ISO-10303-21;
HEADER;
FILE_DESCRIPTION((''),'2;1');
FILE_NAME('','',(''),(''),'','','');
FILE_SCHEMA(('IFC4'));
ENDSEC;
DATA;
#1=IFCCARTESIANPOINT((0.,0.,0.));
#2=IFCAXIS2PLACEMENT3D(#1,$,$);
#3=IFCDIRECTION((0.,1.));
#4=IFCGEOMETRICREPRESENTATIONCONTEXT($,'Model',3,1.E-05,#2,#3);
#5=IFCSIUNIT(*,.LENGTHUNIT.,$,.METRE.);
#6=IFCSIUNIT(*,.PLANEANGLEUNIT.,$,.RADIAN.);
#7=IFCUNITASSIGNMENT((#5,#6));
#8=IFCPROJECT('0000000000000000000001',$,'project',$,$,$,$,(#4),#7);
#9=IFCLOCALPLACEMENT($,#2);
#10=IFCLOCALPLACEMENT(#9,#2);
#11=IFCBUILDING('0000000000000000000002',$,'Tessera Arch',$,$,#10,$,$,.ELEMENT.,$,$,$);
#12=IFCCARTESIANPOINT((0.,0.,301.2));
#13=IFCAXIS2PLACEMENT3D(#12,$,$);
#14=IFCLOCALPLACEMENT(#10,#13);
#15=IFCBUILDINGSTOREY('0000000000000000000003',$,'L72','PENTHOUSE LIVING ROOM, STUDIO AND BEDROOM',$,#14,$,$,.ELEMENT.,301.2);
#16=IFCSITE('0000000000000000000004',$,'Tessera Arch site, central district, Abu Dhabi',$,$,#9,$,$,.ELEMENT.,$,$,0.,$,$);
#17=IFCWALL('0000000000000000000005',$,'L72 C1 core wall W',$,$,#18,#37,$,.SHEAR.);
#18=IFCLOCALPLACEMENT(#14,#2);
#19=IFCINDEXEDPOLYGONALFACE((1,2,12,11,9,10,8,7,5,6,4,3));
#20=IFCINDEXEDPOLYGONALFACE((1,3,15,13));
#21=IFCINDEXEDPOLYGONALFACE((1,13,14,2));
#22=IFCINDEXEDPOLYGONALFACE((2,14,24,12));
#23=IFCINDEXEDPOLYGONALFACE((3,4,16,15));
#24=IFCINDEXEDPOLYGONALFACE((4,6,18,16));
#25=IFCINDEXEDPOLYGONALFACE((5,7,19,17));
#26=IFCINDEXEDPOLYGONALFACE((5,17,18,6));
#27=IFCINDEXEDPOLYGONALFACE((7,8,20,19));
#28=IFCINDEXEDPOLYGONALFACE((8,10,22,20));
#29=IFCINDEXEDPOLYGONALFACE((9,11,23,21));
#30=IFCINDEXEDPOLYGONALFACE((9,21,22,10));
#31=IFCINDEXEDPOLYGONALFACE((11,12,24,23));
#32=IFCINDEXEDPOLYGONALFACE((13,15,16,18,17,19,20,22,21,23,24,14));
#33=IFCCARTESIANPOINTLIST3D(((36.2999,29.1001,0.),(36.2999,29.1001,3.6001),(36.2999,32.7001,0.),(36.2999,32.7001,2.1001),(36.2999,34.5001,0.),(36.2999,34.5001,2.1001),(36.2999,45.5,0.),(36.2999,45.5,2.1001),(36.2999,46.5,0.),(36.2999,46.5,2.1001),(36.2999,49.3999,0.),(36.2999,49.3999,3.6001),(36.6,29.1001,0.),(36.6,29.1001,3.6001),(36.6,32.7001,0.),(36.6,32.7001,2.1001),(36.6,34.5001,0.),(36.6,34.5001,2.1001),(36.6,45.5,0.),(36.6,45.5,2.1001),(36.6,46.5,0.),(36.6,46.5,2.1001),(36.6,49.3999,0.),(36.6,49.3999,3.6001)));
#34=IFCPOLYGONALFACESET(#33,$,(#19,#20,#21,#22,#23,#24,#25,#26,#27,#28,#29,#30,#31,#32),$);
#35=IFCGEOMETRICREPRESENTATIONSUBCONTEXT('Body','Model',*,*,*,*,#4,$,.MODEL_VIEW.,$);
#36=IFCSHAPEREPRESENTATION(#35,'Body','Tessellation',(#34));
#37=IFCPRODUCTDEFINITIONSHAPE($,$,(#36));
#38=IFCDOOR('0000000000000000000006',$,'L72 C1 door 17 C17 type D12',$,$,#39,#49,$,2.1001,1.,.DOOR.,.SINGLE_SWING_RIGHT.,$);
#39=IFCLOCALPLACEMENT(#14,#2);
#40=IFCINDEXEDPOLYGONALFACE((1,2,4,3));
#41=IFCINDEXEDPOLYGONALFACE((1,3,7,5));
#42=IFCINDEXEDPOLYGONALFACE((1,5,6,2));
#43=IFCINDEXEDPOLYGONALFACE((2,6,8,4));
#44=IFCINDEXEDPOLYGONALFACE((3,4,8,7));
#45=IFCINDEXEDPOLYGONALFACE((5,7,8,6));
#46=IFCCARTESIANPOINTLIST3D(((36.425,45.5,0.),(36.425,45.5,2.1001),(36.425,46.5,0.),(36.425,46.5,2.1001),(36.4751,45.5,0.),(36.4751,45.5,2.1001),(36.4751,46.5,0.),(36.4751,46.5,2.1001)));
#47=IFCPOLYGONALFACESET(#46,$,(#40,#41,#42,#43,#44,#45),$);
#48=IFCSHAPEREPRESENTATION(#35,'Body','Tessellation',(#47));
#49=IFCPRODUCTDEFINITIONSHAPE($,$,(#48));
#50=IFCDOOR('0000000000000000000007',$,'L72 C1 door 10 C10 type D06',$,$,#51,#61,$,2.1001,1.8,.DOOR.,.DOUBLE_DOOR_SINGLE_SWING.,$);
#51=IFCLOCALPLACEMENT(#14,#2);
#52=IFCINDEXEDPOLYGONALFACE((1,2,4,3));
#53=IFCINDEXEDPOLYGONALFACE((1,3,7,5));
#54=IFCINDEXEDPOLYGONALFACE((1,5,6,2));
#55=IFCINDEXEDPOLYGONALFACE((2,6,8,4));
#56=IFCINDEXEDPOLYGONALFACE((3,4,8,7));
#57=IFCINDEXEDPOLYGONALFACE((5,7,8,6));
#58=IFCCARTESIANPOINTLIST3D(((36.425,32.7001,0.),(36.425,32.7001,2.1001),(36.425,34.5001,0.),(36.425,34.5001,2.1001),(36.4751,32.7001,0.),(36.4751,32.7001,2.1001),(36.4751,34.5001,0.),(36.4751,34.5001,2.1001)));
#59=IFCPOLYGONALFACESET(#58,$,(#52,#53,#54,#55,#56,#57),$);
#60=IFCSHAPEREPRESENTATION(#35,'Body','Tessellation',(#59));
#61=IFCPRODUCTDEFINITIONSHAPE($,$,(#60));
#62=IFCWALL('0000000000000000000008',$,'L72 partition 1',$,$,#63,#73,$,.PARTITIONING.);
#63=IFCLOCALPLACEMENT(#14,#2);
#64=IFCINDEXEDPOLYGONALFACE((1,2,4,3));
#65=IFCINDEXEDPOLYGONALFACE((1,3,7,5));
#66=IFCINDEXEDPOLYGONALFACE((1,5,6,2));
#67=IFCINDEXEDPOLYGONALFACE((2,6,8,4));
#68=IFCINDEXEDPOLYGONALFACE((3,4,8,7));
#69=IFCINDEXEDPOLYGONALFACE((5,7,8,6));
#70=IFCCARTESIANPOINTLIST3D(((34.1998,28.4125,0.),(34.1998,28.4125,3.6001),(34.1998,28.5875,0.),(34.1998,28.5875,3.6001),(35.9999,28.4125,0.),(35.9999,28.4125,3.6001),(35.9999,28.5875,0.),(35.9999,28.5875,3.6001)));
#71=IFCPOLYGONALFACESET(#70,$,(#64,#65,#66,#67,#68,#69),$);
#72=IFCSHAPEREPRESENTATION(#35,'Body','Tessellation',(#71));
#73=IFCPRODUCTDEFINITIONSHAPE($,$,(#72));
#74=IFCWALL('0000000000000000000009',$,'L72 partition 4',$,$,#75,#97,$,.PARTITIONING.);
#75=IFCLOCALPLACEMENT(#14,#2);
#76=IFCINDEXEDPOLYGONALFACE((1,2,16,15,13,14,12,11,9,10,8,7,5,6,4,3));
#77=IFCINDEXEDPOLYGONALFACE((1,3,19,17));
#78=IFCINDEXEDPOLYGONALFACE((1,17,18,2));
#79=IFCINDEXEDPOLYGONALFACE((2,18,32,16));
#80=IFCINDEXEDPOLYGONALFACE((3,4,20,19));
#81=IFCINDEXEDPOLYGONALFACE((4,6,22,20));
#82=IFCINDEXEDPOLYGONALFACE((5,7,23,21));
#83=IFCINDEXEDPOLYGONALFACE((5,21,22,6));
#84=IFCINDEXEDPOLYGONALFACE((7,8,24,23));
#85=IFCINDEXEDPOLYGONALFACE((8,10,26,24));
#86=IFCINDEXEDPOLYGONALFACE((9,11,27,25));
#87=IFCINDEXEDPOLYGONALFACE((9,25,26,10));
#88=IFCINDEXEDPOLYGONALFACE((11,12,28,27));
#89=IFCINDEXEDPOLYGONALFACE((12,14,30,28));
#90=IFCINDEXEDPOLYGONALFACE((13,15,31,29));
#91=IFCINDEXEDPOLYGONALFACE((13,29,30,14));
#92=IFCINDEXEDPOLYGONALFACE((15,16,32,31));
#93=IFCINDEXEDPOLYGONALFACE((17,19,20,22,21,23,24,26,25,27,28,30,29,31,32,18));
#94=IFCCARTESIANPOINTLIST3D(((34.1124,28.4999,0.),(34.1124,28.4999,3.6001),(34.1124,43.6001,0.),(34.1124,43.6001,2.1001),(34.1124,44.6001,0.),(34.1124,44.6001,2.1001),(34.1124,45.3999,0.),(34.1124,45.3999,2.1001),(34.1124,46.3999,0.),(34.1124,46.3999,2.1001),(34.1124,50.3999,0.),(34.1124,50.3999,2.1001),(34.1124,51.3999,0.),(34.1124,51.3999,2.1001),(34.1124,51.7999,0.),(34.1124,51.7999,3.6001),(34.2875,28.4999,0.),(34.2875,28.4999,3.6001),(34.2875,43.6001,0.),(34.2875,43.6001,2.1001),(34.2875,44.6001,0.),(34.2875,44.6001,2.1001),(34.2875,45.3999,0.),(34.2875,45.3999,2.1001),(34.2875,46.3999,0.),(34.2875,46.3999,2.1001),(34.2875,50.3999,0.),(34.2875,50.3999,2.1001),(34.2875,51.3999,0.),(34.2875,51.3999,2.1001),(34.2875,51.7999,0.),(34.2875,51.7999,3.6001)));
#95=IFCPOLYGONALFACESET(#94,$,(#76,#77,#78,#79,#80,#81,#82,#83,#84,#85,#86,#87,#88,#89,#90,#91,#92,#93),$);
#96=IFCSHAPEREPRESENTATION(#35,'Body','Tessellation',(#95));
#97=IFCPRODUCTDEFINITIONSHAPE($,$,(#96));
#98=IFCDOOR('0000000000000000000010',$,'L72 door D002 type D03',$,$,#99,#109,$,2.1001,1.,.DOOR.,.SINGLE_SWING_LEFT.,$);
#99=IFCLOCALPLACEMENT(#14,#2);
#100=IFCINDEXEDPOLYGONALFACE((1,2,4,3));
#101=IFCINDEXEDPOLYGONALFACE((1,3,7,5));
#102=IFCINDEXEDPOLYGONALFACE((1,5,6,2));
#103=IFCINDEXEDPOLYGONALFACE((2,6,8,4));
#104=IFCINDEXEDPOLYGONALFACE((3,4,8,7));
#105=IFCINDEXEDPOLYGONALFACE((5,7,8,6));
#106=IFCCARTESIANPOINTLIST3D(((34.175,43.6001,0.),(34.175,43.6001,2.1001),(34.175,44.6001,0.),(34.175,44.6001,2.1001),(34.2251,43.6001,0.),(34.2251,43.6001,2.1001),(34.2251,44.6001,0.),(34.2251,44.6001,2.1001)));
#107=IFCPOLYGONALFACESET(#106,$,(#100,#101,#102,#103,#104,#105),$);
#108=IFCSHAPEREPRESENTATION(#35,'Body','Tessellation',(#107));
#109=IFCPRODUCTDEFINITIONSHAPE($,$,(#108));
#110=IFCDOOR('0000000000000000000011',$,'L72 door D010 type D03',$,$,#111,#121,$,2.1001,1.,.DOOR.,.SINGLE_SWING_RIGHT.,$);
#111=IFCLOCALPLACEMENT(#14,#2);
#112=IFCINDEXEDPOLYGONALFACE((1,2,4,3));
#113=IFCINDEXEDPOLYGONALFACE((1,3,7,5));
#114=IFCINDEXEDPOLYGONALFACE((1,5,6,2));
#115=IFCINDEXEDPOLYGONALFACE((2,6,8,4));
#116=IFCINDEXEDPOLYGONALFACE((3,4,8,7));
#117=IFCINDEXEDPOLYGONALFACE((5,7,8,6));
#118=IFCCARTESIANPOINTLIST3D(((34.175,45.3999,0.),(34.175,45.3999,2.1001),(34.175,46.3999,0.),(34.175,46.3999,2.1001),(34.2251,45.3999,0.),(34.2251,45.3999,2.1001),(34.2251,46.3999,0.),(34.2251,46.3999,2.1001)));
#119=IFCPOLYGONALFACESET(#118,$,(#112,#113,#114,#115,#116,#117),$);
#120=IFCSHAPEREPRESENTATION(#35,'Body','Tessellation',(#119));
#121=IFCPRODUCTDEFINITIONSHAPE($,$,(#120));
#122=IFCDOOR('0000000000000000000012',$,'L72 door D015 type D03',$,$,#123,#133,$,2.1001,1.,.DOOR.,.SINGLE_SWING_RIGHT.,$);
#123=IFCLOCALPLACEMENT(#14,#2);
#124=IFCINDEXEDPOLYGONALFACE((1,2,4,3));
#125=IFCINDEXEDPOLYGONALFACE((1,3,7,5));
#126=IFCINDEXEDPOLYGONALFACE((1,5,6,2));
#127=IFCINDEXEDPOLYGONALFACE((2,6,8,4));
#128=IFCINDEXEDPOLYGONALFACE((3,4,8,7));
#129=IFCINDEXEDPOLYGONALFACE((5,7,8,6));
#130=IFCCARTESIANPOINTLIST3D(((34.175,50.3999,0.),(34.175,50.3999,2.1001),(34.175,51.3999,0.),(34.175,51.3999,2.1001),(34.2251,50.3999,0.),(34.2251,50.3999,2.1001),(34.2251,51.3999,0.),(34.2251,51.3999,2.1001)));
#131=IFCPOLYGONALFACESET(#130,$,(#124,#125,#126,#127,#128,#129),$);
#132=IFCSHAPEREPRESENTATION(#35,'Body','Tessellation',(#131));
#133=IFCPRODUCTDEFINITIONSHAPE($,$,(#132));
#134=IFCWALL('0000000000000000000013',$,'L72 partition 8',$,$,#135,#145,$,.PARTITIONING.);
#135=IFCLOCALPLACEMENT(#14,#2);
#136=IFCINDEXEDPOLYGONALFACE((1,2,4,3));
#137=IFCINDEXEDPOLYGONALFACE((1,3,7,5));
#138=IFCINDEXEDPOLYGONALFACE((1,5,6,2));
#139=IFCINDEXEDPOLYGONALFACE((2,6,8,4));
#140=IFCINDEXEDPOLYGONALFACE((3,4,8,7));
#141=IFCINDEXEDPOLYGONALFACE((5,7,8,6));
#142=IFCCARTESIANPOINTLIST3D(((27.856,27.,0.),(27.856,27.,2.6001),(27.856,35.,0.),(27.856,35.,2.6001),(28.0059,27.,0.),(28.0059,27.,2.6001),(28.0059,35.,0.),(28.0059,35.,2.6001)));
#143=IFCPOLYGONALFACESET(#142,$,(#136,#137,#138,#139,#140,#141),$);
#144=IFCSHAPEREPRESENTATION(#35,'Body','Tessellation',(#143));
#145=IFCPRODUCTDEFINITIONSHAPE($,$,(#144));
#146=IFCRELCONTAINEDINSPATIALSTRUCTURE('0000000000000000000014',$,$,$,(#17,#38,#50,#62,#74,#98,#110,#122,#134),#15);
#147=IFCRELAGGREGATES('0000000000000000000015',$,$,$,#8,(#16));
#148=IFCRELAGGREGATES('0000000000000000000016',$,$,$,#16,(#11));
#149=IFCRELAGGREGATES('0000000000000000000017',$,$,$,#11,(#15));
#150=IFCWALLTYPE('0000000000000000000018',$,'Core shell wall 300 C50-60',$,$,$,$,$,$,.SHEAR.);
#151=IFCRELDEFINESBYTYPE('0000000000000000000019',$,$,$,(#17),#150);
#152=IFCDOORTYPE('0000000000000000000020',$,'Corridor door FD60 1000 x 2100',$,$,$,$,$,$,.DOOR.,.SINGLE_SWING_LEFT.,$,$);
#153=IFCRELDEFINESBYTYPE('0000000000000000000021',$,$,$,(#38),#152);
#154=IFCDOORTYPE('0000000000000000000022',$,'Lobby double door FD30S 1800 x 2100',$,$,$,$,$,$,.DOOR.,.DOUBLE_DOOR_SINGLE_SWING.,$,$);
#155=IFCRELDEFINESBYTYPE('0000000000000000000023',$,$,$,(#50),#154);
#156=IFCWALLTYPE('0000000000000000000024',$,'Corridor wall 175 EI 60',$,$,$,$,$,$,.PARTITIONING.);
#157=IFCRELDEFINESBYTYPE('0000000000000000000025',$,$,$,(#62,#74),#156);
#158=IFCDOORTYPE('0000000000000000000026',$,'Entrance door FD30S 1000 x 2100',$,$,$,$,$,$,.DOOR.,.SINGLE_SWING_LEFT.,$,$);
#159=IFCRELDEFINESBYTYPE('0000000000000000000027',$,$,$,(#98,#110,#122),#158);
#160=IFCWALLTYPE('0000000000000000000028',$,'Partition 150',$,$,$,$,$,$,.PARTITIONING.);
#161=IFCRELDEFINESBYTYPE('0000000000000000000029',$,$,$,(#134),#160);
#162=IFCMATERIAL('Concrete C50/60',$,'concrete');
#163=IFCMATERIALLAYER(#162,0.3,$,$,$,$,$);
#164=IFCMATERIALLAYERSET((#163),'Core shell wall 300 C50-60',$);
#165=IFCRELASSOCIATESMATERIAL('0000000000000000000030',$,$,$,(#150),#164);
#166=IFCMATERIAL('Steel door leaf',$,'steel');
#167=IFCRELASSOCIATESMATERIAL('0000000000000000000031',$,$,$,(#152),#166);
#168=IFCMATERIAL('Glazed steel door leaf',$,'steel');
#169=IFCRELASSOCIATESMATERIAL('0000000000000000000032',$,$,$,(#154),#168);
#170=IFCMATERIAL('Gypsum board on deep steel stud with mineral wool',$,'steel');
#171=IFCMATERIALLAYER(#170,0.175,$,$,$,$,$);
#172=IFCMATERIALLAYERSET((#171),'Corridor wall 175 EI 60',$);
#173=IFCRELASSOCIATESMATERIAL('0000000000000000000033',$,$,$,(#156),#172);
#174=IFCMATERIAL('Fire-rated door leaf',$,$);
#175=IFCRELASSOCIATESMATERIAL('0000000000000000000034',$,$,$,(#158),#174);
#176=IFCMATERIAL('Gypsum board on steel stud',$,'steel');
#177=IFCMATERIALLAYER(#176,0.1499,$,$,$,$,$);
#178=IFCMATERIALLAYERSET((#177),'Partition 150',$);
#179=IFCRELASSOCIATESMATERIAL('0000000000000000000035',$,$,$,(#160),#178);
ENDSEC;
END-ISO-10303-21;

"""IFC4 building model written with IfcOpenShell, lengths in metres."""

from ifc_helpers import new_model, si_unit, direction, frame, frame_2d, origin, place, context, subcontext, project, spatial, rectangle, extrude, material, layer, layer_set, type_object, element, fill, save


model = new_model("IFC4")

# Units and contexts
model_context = context("Model", 3, precision=1e-05, world=origin(), true_north=direction((0.0, 1.0)))
body_context = subcontext(model_context, "Body", "Model", "MODEL_VIEW")
ifc_project = project(units=[si_unit("LENGTHUNIT", "METRE"), si_unit("PLANEANGLEUNIT", "RADIAN")], contexts=[model_context])

# Site, building, storey
site_placement = place(None, origin())
site = spatial("IfcSite", under=ifc_project, at=site_placement, Name="Tessera Arch site, central district, Abu Dhabi", CompositionType="ELEMENT", RefElevation=0.0)
building_placement = place(site_placement, origin())
building = spatial("IfcBuilding", under=site, at=building_placement, Name="Tessera Arch", CompositionType="ELEMENT")
storey_placement = place(building_placement, frame((0.0, 0.0, 301.2)))
storey = spatial("IfcBuildingStorey", under=building, at=storey_placement, Name="L72", Description="PENTHOUSE LIVING ROOM, STUDIO AND BEDROOM", CompositionType="ELEMENT", Elevation=301.2)

# Wall, openings, doors
ifc_material_1 = material(Name="Concrete C50/60", Category="concrete")
ifc_layer_1 = layer(ifc_material_1, 0.3)
ifc_layer_set_1 = layer_set([ifc_layer_1], Name="Core shell wall 300 C50-60")
wall_type_1 = type_object("IfcWallType", Name="Core shell wall 300 C50-60", PredefinedType="SHEAR", material=ifc_layer_set_1)
wall_1_placement = place(storey_placement, frame((36.45, 29.1001, 0.0), z_axis=(0.0, 0.0, 1.0), x_axis=(0.0, 1.0, 0.0)))
wall_1 = element("IfcWall", 1, at=wall_1_placement, inside=storey, type_object=wall_type_1, Name="L72 C1 core wall W", PredefinedType="SHEAR", context=body_context, shape_type="SweptSolid", body=[
    extrude(rectangle(XDim=20.2998, YDim=0.3, at=frame_2d((10.1499, 0.0))), origin(), (0.0, 0.0, 1.0), 3.6001),
])
opening_1_placement = place(wall_1_placement, frame((3.6001, 0.0, 0.0)))
opening_1 = element("IfcOpeningElement", 2, at=opening_1_placement, cuts=wall_1, PredefinedType="OPENING", context=body_context, shape_type="SweptSolid", body=[
    extrude(rectangle(XDim=1.8, YDim=2.1001, at=frame_2d((0.8999, 1.05))), frame((0.0, 0.1599, 0.0), z_axis=(0.0, -1.0, 0.0), x_axis=(1.0, 0.0, 0.0)), (0.0, 0.0, 1.0), 0.3201),
])
opening_2_placement = place(wall_1_placement, frame((16.3999, 0.0, 0.0)))
opening_2 = element("IfcOpeningElement", 3, at=opening_2_placement, cuts=wall_1, PredefinedType="OPENING", context=body_context, shape_type="SweptSolid", body=[
    extrude(rectangle(XDim=1.0, YDim=2.1001, at=frame_2d((0.5, 1.05))), frame((0.0, 0.1599, 0.0), z_axis=(0.0, -1.0, 0.0), x_axis=(1.0, 0.0, 0.0)), (0.0, 0.0, 1.0), 0.3201),
])
ifc_material_2 = material(Name="Steel door leaf", Category="steel")
door_type_1 = type_object("IfcDoorType", Name="Corridor door FD60 1000 x 2100", OperationType="SINGLE_SWING_LEFT", PredefinedType="DOOR", material=ifc_material_2)
door_1_placement = place(opening_2_placement, origin())
door_1 = element("IfcDoor", 4, at=door_1_placement, inside=storey, type_object=door_type_1, Name="L72 C1 door 17 C17 type D12", OperationType="SINGLE_SWING_RIGHT", OverallHeight=2.1001, OverallWidth=1.0, PredefinedType="DOOR", context=body_context, shape_type="SweptSolid", body=[
    extrude(rectangle(XDim=1.0, YDim=2.1001, at=frame_2d((0.5, 1.05))), frame((0.0, 0.0249, 0.0), z_axis=(0.0, -1.0, 0.0), x_axis=(1.0, 0.0, 0.0)), (0.0, 0.0, 1.0), 0.05),
])
fill(opening_2, door_1)
ifc_material_3 = material(Name="Glazed steel door leaf", Category="steel")
door_type_2 = type_object("IfcDoorType", Name="Lobby double door FD30S 1800 x 2100", OperationType="DOUBLE_DOOR_SINGLE_SWING", PredefinedType="DOOR", material=ifc_material_3)
door_2_placement = place(opening_1_placement, origin())
door_2 = element("IfcDoor", 5, at=door_2_placement, inside=storey, type_object=door_type_2, Name="L72 C1 door 10 C10 type D06", OperationType="DOUBLE_DOOR_SINGLE_SWING", OverallHeight=2.1001, OverallWidth=1.8, PredefinedType="DOOR", context=body_context, shape_type="SweptSolid", body=[
    extrude(rectangle(XDim=1.8, YDim=2.1001, at=frame_2d((0.8999, 1.05))), frame((0.0, 0.0249, 0.0), z_axis=(0.0, -1.0, 0.0), x_axis=(1.0, 0.0, 0.0)), (0.0, 0.0, 1.0), 0.05),
])
fill(opening_1, door_2)

# Wall
ifc_material_4 = material(Name="Gypsum board on deep steel stud with mineral wool", Category="steel")
ifc_layer_2 = layer(ifc_material_4, 0.175)
ifc_layer_set_2 = layer_set([ifc_layer_2], Name="Corridor wall 175 EI 60")
wall_type_2 = type_object("IfcWallType", Name="Corridor wall 175 EI 60", PredefinedType="PARTITIONING", material=ifc_layer_set_2)
wall_2_placement = place(storey_placement, frame((34.2, 28.5, 0.0), z_axis=(0.0, 0.0, 1.0), x_axis=(1.0, 0.0, 0.0)))
element("IfcWall", 6, at=wall_2_placement, inside=storey, type_object=wall_type_2, Name="L72 partition 1", PredefinedType="PARTITIONING", context=body_context, shape_type="SweptSolid", body=[
    extrude(rectangle(XDim=1.8, YDim=0.175, at=frame_2d((0.8999, 0.0))), origin(), (0.0, 0.0, 1.0), 3.6001),
])

# Wall, openings, doors
wall_3_placement = place(storey_placement, frame((34.2, 28.5, 0.0), z_axis=(0.0, 0.0, 1.0), x_axis=(0.0, 1.0, 0.0)))
wall_3 = element("IfcWall", 7, at=wall_3_placement, inside=storey, type_object=wall_type_2, Name="L72 partition 4", PredefinedType="PARTITIONING", context=body_context, shape_type="SweptSolid", body=[
    extrude(rectangle(XDim=23.3, YDim=0.175, at=frame_2d((11.6499, 0.0))), origin(), (0.0, 0.0, 1.0), 3.6001),
])
opening_3_placement = place(wall_3_placement, frame((15.1001, 0.0, 0.0)))
opening_3 = element("IfcOpeningElement", 8, at=opening_3_placement, cuts=wall_3, PredefinedType="OPENING", context=body_context, shape_type="SweptSolid", body=[
    extrude(rectangle(XDim=1.0, YDim=2.1001, at=frame_2d((0.5, 1.05))), frame((0.0, 0.0974, 0.0), z_axis=(0.0, -1.0, 0.0), x_axis=(1.0, 0.0, 0.0)), (0.0, 0.0, 1.0), 0.1951),
])
opening_4_placement = place(wall_3_placement, frame((16.8999, 0.0, 0.0)))
opening_4 = element("IfcOpeningElement", 9, at=opening_4_placement, cuts=wall_3, PredefinedType="OPENING", context=body_context, shape_type="SweptSolid", body=[
    extrude(rectangle(XDim=1.0, YDim=2.1001, at=frame_2d((0.5, 1.05))), frame((0.0, 0.0974, 0.0), z_axis=(0.0, -1.0, 0.0), x_axis=(1.0, 0.0, 0.0)), (0.0, 0.0, 1.0), 0.1951),
])
opening_5_placement = place(wall_3_placement, frame((21.8999, 0.0, 0.0)))
opening_5 = element("IfcOpeningElement", 10, at=opening_5_placement, cuts=wall_3, PredefinedType="OPENING", context=body_context, shape_type="SweptSolid", body=[
    extrude(rectangle(XDim=1.0, YDim=2.1001, at=frame_2d((0.5, 1.05))), frame((0.0, 0.0974, 0.0), z_axis=(0.0, -1.0, 0.0), x_axis=(1.0, 0.0, 0.0)), (0.0, 0.0, 1.0), 0.1951),
])
ifc_material_5 = material(Name="Fire-rated door leaf")
door_type_3 = type_object("IfcDoorType", Name="Entrance door FD30S 1000 x 2100", OperationType="SINGLE_SWING_LEFT", PredefinedType="DOOR", material=ifc_material_5)
door_3_placement = place(opening_3_placement, origin())
door_3 = element("IfcDoor", 11, at=door_3_placement, inside=storey, type_object=door_type_3, Name="L72 door D002 type D03", OperationType="SINGLE_SWING_LEFT", OverallHeight=2.1001, OverallWidth=1.0, PredefinedType="DOOR", context=body_context, shape_type="SweptSolid", body=[
    extrude(rectangle(XDim=1.0, YDim=2.1001, at=frame_2d((0.5, 1.05))), frame((0.0, 0.0249, 0.0), z_axis=(0.0, -1.0, 0.0), x_axis=(1.0, 0.0, 0.0)), (0.0, 0.0, 1.0), 0.05),
])
fill(opening_3, door_3)
door_4_placement = place(opening_4_placement, origin())
door_4 = element("IfcDoor", 12, at=door_4_placement, inside=storey, type_object=door_type_3, Name="L72 door D010 type D03", OperationType="SINGLE_SWING_RIGHT", OverallHeight=2.1001, OverallWidth=1.0, PredefinedType="DOOR", context=body_context, shape_type="SweptSolid", body=[
    extrude(rectangle(XDim=1.0, YDim=2.1001, at=frame_2d((0.5, 1.05))), frame((0.0, 0.0249, 0.0), z_axis=(0.0, -1.0, 0.0), x_axis=(1.0, 0.0, 0.0)), (0.0, 0.0, 1.0), 0.05),
])
fill(opening_4, door_4)
door_5_placement = place(opening_5_placement, origin())
door_5 = element("IfcDoor", 13, at=door_5_placement, inside=storey, type_object=door_type_3, Name="L72 door D015 type D03", OperationType="SINGLE_SWING_RIGHT", OverallHeight=2.1001, OverallWidth=1.0, PredefinedType="DOOR", context=body_context, shape_type="SweptSolid", body=[
    extrude(rectangle(XDim=1.0, YDim=2.1001, at=frame_2d((0.5, 1.05))), frame((0.0, 0.0249, 0.0), z_axis=(0.0, -1.0, 0.0), x_axis=(1.0, 0.0, 0.0)), (0.0, 0.0, 1.0), 0.05),
])
fill(opening_5, door_5)

# Wall
ifc_material_6 = material(Name="Gypsum board on steel stud", Category="steel")
ifc_layer_3 = layer(ifc_material_6, 0.1499)
ifc_layer_set_3 = layer_set([ifc_layer_3], Name="Partition 150")
wall_type_3 = type_object("IfcWallType", Name="Partition 150", PredefinedType="PARTITIONING", material=ifc_layer_set_3)
wall_4_placement = place(storey_placement, frame((27.9309, 27.0, 0.0), z_axis=(0.0, 0.0, 1.0), x_axis=(0.0, 1.0, 0.0)))
element("IfcWall", 14, at=wall_4_placement, inside=storey, type_object=wall_type_3, Name="L72 partition 8", PredefinedType="PARTITIONING", context=body_context, shape_type="SweptSolid", body=[
    extrude(rectangle(XDim=8.0, YDim=0.1499, at=frame_2d((4.0, 0.0))), origin(), (0.0, 0.0, 1.0), 2.6001),
])

save(model, "model.ifc")
